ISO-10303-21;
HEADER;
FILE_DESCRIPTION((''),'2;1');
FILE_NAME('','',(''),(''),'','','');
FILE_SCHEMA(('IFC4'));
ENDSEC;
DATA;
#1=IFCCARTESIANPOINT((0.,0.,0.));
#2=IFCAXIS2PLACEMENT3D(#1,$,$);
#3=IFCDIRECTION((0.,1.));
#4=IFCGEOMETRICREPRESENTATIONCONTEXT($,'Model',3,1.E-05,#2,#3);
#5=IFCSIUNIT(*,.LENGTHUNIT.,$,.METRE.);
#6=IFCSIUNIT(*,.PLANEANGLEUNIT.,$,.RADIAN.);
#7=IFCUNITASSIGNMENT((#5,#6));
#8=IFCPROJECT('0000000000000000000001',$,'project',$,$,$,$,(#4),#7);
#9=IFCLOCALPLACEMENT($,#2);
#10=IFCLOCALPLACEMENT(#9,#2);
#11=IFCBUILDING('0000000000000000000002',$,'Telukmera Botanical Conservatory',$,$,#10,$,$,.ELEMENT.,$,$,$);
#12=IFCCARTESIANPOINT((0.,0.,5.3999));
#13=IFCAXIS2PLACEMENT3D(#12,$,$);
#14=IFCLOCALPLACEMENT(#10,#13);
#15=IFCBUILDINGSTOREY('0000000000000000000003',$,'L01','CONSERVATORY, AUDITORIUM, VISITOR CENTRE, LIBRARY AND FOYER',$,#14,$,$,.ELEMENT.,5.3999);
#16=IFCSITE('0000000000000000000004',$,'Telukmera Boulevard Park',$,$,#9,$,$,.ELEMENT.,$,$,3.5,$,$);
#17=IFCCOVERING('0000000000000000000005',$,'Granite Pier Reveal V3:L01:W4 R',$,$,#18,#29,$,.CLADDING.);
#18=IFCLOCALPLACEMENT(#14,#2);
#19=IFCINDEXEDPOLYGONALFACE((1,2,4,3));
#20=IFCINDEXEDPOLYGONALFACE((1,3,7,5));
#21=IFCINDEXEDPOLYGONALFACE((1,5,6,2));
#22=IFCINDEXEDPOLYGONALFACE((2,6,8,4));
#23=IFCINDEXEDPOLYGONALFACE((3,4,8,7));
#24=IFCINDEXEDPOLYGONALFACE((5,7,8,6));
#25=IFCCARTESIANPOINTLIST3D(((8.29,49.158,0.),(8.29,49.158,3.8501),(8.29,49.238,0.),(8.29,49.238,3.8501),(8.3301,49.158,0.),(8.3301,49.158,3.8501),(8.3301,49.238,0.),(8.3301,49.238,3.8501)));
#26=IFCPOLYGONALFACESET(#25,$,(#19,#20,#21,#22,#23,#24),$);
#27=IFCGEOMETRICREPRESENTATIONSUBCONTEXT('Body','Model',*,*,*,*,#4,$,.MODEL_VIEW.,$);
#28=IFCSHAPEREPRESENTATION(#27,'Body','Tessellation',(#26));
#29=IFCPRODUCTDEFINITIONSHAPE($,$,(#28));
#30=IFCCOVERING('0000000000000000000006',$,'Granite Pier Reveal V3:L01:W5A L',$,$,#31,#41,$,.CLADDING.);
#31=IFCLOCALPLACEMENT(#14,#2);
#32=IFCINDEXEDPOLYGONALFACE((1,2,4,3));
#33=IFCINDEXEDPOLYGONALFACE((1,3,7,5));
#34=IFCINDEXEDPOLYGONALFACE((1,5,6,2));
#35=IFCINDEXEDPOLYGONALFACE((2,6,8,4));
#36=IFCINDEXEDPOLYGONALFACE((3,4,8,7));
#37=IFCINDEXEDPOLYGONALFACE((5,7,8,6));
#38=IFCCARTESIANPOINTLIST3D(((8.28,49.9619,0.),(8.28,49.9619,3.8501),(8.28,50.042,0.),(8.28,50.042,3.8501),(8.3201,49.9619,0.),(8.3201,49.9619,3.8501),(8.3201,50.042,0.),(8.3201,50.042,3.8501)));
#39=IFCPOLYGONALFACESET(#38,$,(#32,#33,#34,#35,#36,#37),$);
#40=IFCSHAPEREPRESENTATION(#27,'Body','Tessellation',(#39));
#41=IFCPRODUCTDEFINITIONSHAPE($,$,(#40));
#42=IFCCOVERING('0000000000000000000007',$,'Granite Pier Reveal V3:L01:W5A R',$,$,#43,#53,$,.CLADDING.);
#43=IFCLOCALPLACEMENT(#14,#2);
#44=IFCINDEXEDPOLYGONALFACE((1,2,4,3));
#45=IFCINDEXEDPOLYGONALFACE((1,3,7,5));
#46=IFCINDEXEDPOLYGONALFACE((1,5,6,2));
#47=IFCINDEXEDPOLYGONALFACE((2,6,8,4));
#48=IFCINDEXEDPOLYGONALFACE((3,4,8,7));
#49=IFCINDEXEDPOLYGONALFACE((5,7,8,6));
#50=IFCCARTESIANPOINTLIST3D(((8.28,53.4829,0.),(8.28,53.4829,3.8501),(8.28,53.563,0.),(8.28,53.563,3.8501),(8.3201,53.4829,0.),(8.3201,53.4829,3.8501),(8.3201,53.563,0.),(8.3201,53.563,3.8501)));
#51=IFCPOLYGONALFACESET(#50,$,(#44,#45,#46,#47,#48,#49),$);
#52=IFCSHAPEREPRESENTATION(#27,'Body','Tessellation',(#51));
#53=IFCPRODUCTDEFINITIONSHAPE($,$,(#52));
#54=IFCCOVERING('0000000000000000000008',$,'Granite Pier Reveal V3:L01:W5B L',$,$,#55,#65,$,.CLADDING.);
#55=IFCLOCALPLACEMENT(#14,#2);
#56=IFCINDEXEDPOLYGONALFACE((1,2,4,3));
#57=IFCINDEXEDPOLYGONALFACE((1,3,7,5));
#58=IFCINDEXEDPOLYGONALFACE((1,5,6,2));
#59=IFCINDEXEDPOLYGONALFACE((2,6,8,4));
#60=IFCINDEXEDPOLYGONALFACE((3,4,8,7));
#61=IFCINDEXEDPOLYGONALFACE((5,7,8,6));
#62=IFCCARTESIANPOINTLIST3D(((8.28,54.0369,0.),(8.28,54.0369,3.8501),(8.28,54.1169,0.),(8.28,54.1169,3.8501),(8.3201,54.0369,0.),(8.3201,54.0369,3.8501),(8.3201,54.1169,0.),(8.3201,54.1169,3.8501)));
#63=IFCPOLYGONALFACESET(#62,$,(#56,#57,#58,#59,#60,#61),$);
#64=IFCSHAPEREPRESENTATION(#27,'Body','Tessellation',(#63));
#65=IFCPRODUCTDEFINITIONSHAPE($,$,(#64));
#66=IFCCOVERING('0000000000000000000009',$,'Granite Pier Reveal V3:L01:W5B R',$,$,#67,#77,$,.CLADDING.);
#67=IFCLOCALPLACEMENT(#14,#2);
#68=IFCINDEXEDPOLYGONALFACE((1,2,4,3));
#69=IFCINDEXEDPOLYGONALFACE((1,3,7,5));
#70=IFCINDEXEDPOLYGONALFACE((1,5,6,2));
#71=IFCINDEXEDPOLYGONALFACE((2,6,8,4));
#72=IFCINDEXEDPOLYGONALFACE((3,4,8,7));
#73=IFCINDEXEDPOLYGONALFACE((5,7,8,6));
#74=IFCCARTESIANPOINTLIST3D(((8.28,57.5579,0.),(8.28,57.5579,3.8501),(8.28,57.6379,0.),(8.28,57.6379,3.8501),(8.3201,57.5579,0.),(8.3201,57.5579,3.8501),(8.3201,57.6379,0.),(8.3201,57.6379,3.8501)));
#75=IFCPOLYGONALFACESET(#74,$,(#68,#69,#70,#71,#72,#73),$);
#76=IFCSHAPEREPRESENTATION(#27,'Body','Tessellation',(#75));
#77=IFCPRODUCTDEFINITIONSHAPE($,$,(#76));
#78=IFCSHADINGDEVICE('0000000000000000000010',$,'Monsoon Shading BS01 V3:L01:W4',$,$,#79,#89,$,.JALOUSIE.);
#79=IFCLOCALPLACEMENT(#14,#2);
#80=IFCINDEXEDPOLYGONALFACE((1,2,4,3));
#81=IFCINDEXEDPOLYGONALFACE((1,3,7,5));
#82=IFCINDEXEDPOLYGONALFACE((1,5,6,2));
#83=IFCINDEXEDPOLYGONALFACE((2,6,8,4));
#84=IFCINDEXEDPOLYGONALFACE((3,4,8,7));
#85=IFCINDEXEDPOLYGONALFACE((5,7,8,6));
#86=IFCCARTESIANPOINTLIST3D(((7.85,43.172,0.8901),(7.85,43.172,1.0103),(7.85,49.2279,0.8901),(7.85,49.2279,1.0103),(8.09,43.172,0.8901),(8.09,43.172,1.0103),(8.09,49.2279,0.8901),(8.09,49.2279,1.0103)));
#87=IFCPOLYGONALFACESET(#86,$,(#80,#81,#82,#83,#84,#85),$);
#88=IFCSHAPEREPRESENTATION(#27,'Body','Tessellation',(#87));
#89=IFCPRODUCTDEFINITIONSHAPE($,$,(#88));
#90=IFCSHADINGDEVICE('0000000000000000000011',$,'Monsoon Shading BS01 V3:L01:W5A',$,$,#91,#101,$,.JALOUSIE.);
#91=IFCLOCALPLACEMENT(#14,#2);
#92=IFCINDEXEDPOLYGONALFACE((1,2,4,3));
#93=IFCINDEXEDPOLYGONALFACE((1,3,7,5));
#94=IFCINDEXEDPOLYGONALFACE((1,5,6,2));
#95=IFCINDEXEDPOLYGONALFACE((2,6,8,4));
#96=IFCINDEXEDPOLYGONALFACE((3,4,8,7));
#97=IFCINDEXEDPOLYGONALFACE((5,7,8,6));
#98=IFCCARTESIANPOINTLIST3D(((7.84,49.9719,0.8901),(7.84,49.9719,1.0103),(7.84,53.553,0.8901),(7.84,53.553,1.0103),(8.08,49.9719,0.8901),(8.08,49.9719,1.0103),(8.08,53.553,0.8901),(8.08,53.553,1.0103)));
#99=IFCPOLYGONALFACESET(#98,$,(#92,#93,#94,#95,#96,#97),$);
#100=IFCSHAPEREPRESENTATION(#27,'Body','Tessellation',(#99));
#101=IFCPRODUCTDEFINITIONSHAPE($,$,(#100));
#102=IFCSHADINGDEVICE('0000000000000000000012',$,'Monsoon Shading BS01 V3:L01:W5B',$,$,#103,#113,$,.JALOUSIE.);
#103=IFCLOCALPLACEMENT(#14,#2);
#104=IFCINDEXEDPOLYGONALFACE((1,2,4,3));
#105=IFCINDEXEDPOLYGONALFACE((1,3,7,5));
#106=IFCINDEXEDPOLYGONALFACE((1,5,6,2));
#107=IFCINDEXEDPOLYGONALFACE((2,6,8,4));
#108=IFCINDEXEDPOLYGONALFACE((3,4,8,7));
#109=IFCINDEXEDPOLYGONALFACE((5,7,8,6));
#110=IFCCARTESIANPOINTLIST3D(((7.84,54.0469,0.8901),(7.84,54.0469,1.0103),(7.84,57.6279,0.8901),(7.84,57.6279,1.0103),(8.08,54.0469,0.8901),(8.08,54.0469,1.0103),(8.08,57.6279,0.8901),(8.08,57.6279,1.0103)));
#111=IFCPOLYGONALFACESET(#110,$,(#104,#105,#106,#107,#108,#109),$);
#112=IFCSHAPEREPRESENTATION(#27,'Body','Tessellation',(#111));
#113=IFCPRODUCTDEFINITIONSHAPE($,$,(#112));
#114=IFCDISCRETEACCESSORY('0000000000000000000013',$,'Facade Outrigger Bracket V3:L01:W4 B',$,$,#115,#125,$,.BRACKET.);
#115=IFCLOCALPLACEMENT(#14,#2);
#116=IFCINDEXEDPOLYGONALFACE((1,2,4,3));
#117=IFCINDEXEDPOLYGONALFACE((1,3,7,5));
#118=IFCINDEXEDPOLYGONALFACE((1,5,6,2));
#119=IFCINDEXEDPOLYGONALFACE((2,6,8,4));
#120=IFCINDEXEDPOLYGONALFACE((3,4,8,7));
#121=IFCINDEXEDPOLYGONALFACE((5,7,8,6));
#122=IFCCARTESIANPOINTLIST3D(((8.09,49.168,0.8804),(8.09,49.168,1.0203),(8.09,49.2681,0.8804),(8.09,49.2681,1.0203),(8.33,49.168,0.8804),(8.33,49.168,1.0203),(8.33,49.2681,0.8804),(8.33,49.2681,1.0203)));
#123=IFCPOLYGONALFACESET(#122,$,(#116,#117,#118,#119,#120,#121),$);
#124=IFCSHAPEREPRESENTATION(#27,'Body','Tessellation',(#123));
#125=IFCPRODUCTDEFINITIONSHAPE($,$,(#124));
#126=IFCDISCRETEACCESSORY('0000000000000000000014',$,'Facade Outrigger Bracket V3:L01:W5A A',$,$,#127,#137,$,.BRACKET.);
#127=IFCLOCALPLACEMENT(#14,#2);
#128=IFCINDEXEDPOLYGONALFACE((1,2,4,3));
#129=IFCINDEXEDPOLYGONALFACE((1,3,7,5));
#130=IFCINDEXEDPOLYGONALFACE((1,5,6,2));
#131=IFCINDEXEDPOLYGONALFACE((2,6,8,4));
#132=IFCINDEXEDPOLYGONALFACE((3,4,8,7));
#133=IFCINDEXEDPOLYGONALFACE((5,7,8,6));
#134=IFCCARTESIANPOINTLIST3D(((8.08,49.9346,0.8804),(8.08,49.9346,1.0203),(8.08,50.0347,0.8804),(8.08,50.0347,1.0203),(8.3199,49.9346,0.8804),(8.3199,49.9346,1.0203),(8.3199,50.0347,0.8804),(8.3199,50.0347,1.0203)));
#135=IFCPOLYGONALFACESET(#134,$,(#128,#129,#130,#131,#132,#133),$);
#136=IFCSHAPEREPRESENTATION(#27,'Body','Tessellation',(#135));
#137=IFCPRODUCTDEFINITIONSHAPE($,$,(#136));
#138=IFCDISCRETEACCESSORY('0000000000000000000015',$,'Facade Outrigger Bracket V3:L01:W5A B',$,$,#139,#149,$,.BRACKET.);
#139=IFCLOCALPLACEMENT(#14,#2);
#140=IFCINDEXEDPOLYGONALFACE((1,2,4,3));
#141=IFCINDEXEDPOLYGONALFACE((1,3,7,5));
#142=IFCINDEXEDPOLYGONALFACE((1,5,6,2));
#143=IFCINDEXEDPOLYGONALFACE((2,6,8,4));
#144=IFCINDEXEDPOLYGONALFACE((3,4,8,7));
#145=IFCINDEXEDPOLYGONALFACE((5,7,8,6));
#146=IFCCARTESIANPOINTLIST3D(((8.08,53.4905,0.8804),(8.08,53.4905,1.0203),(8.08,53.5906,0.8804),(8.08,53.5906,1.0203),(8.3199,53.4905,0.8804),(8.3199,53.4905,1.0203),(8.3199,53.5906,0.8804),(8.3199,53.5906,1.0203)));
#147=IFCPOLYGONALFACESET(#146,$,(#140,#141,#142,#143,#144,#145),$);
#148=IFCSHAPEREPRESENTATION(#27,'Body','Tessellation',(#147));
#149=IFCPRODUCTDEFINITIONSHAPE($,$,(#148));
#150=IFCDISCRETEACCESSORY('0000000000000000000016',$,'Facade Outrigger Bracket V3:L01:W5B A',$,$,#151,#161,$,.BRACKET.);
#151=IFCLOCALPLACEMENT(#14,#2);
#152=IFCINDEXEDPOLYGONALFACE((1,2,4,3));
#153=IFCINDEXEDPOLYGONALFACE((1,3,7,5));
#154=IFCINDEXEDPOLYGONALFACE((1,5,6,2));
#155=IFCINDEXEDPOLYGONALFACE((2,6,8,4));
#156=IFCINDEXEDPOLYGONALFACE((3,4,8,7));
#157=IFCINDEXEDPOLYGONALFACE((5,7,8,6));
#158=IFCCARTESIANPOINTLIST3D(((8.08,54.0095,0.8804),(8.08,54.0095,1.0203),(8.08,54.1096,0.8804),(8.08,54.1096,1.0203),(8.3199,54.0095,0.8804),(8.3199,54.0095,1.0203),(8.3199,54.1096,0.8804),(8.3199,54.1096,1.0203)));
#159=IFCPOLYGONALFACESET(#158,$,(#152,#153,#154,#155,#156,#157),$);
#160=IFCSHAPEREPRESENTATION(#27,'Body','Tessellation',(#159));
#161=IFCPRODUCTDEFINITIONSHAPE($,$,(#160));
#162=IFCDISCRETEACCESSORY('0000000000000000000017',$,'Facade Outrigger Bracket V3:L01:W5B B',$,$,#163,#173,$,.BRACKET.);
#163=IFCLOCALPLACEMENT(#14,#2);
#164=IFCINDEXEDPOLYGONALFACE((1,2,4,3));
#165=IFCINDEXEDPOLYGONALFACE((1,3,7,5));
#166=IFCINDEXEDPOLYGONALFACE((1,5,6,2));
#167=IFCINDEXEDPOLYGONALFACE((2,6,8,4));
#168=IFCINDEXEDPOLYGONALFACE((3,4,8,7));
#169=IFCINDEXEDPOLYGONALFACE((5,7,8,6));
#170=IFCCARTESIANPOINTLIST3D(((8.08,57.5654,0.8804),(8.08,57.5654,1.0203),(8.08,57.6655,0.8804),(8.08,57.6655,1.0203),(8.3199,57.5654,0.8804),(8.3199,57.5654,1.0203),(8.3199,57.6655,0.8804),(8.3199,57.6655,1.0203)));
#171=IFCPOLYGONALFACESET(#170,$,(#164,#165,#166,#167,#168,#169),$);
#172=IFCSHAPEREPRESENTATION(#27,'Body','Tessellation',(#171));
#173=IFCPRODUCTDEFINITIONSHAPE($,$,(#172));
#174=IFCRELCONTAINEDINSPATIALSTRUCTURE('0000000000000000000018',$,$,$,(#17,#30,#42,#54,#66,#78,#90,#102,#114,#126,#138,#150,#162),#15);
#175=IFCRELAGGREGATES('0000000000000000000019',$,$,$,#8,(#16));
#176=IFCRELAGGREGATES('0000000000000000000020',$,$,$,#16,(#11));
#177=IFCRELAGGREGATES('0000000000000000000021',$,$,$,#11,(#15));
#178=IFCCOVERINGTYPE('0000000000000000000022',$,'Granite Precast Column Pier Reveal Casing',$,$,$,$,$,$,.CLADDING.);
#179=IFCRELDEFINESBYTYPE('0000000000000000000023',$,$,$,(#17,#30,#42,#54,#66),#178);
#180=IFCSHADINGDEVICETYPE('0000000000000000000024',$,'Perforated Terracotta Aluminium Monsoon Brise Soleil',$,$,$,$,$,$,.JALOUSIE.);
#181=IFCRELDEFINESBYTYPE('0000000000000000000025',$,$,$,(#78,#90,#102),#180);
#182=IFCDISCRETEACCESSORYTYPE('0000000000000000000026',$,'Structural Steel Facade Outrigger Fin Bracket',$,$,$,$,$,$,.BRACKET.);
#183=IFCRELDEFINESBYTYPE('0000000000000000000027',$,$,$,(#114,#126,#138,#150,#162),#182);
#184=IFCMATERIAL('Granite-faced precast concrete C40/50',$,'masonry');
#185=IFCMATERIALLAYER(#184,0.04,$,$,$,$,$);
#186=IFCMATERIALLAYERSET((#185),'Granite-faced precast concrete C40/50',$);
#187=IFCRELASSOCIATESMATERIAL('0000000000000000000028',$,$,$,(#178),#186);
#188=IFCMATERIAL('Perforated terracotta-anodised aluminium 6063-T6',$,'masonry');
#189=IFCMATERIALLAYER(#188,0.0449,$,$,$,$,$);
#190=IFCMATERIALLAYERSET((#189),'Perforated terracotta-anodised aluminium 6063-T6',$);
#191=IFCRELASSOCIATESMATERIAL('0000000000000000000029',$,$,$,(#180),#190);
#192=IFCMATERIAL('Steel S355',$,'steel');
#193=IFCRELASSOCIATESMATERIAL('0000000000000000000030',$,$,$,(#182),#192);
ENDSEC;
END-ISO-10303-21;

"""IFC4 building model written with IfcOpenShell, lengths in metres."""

from ifc_helpers import new_model, si_unit, direction, frame, origin, origin_2d, place, context, subcontext, project, spatial, rectangle, extrude, material, layer, layer_set, type_object, element, save


model = new_model("IFC4")

# Units and contexts
model_context = context("Model", 3, precision=1e-05, world=origin(), true_north=direction((0.0, 1.0)))
body_context = subcontext(model_context, "Body", "Model", "MODEL_VIEW")
ifc_project = project(units=[si_unit("LENGTHUNIT", "METRE"), si_unit("PLANEANGLEUNIT", "RADIAN")], contexts=[model_context])

# Site, building, storey
site_placement = place(None, origin())
site = spatial("IfcSite", under=ifc_project, at=site_placement, Name="Telukmera Boulevard Park", CompositionType="ELEMENT", RefElevation=3.5)
building_placement = place(site_placement, origin())
building = spatial("IfcBuilding", under=site, at=building_placement, Name="Telukmera Botanical Conservatory", CompositionType="ELEMENT")
storey_placement = place(building_placement, frame((0.0, 0.0, 5.3999)))
storey = spatial("IfcBuildingStorey", under=building, at=storey_placement, Name="L01", Description="CONSERVATORY, AUDITORIUM, VISITOR CENTRE, LIBRARY AND FOYER", CompositionType="ELEMENT", Elevation=5.3999)

# Coverings
ifc_material_1 = material(Name="Granite-faced precast concrete C40/50", Category="masonry")
ifc_layer_1 = layer(ifc_material_1, 0.04)
ifc_layer_set_1 = layer_set([ifc_layer_1], Name="Granite-faced precast concrete C40/50")
covering_type = type_object("IfcCoveringType", Name="Granite Precast Column Pier Reveal Casing", PredefinedType="CLADDING", material=ifc_layer_set_1)
for number, where, z_axis, x_axis, name in (
    (1, (8.3101, 49.198, 0.0), (0.0, 0.0, 1.0), (0.0, 1.0, 0.0), "Granite Pier Reveal V3:L01:W4 R"),
    (2, (8.3, 50.002, 0.0), (0.0, 0.0, 1.0), (0.0, 1.0, 0.0), "Granite Pier Reveal V3:L01:W5A L"),
    (3, (8.3, 53.5229, 0.0), (0.0, 0.0, 1.0), (0.0, 1.0, 0.0), "Granite Pier Reveal V3:L01:W5A R"),
    (4, (8.3, 54.0769, 0.0), (0.0, 0.0, 1.0), (0.0, 1.0, 0.0), "Granite Pier Reveal V3:L01:W5B L"),
    (5, (8.3, 57.5979, 0.0), (0.0, 0.0, 1.0), (0.0, 1.0, 0.0), "Granite Pier Reveal V3:L01:W5B R"),
):
    element("IfcCovering", number, at=place(storey_placement, frame(where, z_axis=z_axis, x_axis=x_axis)), inside=storey, type_object=covering_type, Name=name, PredefinedType="CLADDING", context=body_context, shape_type="SweptSolid", body=[
        extrude(rectangle(XDim=0.0801, YDim=0.04, at=origin_2d()), origin(), (0.0, 0.0, 1.0), 3.8501),
    ])

# Shading devices
ifc_material_2 = material(Name="Perforated terracotta-anodised aluminium 6063-T6", Category="masonry")
ifc_layer_2 = layer(ifc_material_2, 0.0449)
ifc_layer_set_2 = layer_set([ifc_layer_2], Name="Perforated terracotta-anodised aluminium 6063-T6")
shading_device_type = type_object("IfcShadingDeviceType", Name="Perforated Terracotta Aluminium Monsoon Brise Soleil", PredefinedType="JALOUSIE", material=ifc_layer_set_2)
shading_device_placement = place(storey_placement, frame((7.97, 46.2, 0.8901), z_axis=(0.0, 0.0, 1.0), x_axis=(0.0, 1.0, 0.0)))
element("IfcShadingDevice", 6, at=shading_device_placement, inside=storey, type_object=shading_device_type, Name="Monsoon Shading BS01 V3:L01:W4", PredefinedType="JALOUSIE", context=body_context, shape_type="SweptSolid", body=[
    extrude(rectangle(XDim=6.0559, YDim=0.24, at=origin_2d()), origin(), (0.0, 0.0, 1.0), 0.1201),
])
for number, where, z_axis, x_axis, name in (
    (7, (7.96, 51.7625, 0.8901), (0.0, 0.0, 1.0), (0.0, 1.0, 0.0), "Monsoon Shading BS01 V3:L01:W5A"),
    (8, (7.96, 55.8374, 0.8901), (0.0, 0.0, 1.0), (0.0, 1.0, 0.0), "Monsoon Shading BS01 V3:L01:W5B"),
):
    element("IfcShadingDevice", number, at=place(storey_placement, frame(where, z_axis=z_axis, x_axis=x_axis)), inside=storey, type_object=shading_device_type, Name=name, PredefinedType="JALOUSIE", context=body_context, shape_type="SweptSolid", body=[
        extrude(rectangle(XDim=3.5811, YDim=0.24, at=origin_2d()), origin(), (0.0, 0.0, 1.0), 0.1201),
    ])

# Discrete accessories
ifc_material_3 = material(Name="Steel S355", Category="steel")
discrete_accessory_type = type_object("IfcDiscreteAccessoryType", Name="Structural Steel Facade Outrigger Fin Bracket", PredefinedType="BRACKET", material=ifc_material_3)
for number, where, z_axis, x_axis, name in (
    (9, (8.21, 49.218, 0.8804), (0.0, 0.0, 1.0), (0.0, 1.0, 0.0), "Facade Outrigger Bracket V3:L01:W4 B"),
    (10, (8.2, 49.9846, 0.8804), (0.0, 0.0, 1.0), (0.0, 1.0, 0.0), "Facade Outrigger Bracket V3:L01:W5A A"),
    (11, (8.2, 53.5405, 0.8804), (0.0, 0.0, 1.0), (0.0, 1.0, 0.0), "Facade Outrigger Bracket V3:L01:W5A B"),
    (12, (8.2, 54.0596, 0.8804), (0.0, 0.0, 1.0), (0.0, 1.0, 0.0), "Facade Outrigger Bracket V3:L01:W5B A"),
    (13, (8.2, 57.6155, 0.8804), (0.0, 0.0, 1.0), (0.0, 1.0, 0.0), "Facade Outrigger Bracket V3:L01:W5B B"),
):
    element("IfcDiscreteAccessory", number, at=place(storey_placement, frame(where, z_axis=z_axis, x_axis=x_axis)), inside=storey, type_object=discrete_accessory_type, Name=name, PredefinedType="BRACKET", context=body_context, shape_type="SweptSolid", body=[
        extrude(rectangle(XDim=0.1001, YDim=0.24, at=origin_2d()), origin(), (0.0, 0.0, 1.0), 0.1399),
    ])

save(model, "model.ifc")
